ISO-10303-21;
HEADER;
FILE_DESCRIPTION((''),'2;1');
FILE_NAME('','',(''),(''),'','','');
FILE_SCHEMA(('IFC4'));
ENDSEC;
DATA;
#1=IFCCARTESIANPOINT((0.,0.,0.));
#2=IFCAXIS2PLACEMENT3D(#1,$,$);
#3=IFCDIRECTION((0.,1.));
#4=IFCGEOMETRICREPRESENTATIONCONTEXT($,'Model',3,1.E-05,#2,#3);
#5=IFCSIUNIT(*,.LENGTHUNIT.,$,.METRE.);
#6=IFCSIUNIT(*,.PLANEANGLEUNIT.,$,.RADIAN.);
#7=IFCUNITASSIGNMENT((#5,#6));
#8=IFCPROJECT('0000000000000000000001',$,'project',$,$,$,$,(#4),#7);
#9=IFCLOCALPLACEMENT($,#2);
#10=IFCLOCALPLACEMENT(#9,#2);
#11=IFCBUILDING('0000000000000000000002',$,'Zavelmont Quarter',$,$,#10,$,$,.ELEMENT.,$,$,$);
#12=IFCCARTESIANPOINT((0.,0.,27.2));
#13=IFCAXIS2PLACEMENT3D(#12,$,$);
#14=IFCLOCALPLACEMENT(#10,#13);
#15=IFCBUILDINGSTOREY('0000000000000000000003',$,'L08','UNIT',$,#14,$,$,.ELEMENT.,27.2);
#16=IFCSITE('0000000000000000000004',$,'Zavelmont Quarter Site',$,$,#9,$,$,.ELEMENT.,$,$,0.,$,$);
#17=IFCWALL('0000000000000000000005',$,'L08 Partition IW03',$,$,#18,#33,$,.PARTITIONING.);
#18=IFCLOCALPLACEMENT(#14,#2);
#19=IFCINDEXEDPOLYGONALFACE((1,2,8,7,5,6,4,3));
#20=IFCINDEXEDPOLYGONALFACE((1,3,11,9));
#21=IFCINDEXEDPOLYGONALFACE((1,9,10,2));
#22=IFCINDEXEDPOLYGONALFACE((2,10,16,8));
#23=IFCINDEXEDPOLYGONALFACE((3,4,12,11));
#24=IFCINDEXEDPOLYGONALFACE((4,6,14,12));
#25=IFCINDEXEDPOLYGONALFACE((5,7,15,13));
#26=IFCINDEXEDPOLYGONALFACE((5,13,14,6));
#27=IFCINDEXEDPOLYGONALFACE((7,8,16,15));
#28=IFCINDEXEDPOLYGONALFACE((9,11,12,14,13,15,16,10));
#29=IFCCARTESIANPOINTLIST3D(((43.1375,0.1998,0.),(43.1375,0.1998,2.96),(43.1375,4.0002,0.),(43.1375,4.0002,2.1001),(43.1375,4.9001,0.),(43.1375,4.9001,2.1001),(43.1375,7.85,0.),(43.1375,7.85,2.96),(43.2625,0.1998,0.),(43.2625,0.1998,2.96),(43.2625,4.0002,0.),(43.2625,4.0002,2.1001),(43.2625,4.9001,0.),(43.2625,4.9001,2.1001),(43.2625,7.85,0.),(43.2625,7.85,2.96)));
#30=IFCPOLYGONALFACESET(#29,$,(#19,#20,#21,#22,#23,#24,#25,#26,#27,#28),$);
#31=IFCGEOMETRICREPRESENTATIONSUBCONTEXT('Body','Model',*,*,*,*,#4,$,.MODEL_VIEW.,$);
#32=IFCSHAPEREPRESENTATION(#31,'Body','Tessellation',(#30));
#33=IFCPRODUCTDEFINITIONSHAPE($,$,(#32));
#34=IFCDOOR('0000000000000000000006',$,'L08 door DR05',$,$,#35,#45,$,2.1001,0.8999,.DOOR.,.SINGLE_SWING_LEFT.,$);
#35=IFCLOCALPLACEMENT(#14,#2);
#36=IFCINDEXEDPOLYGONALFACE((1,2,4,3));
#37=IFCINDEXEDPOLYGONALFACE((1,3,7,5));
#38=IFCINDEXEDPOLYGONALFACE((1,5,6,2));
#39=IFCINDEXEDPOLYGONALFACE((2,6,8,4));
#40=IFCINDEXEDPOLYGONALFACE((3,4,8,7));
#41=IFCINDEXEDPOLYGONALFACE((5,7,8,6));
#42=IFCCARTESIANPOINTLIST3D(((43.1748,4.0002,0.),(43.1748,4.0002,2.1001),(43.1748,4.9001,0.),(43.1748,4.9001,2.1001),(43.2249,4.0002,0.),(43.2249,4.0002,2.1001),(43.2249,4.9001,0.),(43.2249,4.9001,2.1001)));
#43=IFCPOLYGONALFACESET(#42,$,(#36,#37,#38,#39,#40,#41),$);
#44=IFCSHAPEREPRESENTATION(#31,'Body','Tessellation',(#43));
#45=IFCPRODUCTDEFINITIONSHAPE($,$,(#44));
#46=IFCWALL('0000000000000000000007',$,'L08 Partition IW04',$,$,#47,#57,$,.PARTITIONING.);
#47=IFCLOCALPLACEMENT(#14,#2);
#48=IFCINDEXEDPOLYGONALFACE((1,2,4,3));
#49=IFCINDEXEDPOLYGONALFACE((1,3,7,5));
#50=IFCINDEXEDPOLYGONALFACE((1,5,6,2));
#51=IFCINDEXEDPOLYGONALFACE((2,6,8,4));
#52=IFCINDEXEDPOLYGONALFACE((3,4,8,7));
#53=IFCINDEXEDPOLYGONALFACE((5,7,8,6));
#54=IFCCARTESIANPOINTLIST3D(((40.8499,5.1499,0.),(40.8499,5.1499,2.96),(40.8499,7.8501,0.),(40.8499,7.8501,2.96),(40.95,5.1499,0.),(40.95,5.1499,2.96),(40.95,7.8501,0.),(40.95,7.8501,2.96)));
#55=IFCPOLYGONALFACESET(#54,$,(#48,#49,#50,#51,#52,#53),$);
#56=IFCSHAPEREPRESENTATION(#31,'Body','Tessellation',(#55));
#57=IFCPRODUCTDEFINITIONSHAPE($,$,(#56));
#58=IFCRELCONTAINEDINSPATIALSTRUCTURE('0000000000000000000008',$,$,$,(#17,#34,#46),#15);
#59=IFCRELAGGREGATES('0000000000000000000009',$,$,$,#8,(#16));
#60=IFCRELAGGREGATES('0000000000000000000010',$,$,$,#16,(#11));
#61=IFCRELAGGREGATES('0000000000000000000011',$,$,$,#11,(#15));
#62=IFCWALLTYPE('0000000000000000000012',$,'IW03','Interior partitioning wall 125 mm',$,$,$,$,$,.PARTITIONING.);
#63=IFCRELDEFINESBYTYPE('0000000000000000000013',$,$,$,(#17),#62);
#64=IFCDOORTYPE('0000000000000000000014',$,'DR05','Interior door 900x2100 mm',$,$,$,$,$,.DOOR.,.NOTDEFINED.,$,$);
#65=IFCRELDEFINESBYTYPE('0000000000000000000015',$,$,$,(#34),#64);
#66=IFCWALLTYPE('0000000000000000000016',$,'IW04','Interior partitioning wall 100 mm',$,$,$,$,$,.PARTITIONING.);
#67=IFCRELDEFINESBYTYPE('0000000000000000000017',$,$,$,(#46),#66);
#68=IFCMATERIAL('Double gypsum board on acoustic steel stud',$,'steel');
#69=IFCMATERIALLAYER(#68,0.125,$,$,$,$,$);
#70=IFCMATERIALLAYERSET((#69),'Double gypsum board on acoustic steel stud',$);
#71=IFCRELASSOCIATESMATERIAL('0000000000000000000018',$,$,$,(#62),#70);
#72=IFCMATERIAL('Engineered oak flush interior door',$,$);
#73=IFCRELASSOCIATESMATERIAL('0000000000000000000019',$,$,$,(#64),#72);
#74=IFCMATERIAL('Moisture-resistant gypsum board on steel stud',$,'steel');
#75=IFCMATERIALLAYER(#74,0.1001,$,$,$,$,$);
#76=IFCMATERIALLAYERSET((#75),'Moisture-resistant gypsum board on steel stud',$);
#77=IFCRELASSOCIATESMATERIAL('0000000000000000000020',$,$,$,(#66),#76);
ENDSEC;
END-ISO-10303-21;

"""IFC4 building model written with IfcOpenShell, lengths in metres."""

from ifc_helpers import new_model, si_unit, direction, frame, frame_2d, origin, origin_with_axes, place, context, subcontext, project, spatial, rectangle, extrude, material, layer, layer_set, type_object, element, fill, save


model = new_model("IFC4")

# Units and contexts
model_context = context("Model", 3, precision=1e-05, world=origin(), true_north=direction((0.0, 1.0)))
body_context = subcontext(model_context, "Body", "Model", "MODEL_VIEW")
ifc_project = project(units=[si_unit("LENGTHUNIT", "METRE"), si_unit("PLANEANGLEUNIT", "RADIAN")], contexts=[model_context])

# Site, building, storey
site_placement = place(None, origin())
site = spatial("IfcSite", under=ifc_project, at=site_placement, Name="Zavelmont Quarter Site", CompositionType="ELEMENT", RefElevation=0.0)
building_placement = place(site_placement, origin())
building = spatial("IfcBuilding", under=site, at=building_placement, Name="Zavelmont Quarter", CompositionType="ELEMENT")
storey_placement = place(building_placement, frame((0.0, 0.0, 27.2)))
storey = spatial("IfcBuildingStorey", under=building, at=storey_placement, Name="L08", Description="UNIT", CompositionType="ELEMENT", Elevation=27.2)

# Wall, opening, door
ifc_material_1 = material(Name="Double gypsum board on acoustic steel stud", Category="steel")
ifc_layer_1 = layer(ifc_material_1, 0.125)
ifc_layer_set_1 = layer_set([ifc_layer_1], Name="Double gypsum board on acoustic steel stud")
wall_type_1 = type_object("IfcWallType", Name="IW03", Description="Interior partitioning wall 125 mm", PredefinedType="PARTITIONING", material=ifc_layer_set_1)
wall_1_placement = place(storey_placement, frame((43.2, 7.8501, 0.0), z_axis=(0.0, 0.0, 1.0), x_axis=(0.0, -1.0, 0.0)))
wall_1 = element("IfcWall", 1, at=wall_1_placement, inside=storey, type_object=wall_type_1, Name="L08 Partition IW03", PredefinedType="PARTITIONING", context=body_context, shape_type="SweptSolid", body=[
    extrude(rectangle(XDim=7.6501, YDim=0.125, at=frame_2d((3.8252, 0.0))), origin(), (0.0, 0.0, 1.0), 2.96),
])
opening_placement = place(wall_1_placement, frame((2.95, 0.0, 0.0)))
opening = element("IfcOpeningElement", 2, at=opening_placement, cuts=wall_1, PredefinedType="OPENING", context=body_context, shape_type="SweptSolid", body=[
    extrude(rectangle(XDim=0.8999, YDim=2.1001, at=frame_2d((0.45, 1.05))), frame((0.0, 0.0745, 0.0), z_axis=(0.0, -1.0, 0.0), x_axis=(1.0, 0.0, 0.0)), (0.0, 0.0, 1.0), 0.1489),
])
ifc_material_2 = material(Name="Engineered oak flush interior door")
door_type = type_object("IfcDoorType", Name="DR05", Description="Interior door 900x2100 mm", OperationType="NOTDEFINED", PredefinedType="DOOR", material=ifc_material_2)
door_placement = place(opening_placement, origin_with_axes())
door = element("IfcDoor", 3, at=door_placement, inside=storey, type_object=door_type, Name="L08 door DR05", OperationType="SINGLE_SWING_LEFT", OverallHeight=2.1001, OverallWidth=0.8999, PredefinedType="DOOR", context=body_context, shape_type="SweptSolid", body=[
    extrude(rectangle(XDim=0.8999, YDim=2.1001, at=frame_2d((0.45, 1.05))), frame((0.0, 0.0249, 0.0), z_axis=(0.0, -1.0, 0.0), x_axis=(1.0, 0.0, 0.0)), (0.0, 0.0, 1.0), 0.05),
])
fill(opening, door)

# Wall
ifc_material_3 = material(Name="Moisture-resistant gypsum board on steel stud", Category="steel")
ifc_layer_2 = layer(ifc_material_3, 0.1001)
ifc_layer_set_2 = layer_set([ifc_layer_2], Name="Moisture-resistant gypsum board on steel stud")
wall_type_2 = type_object("IfcWallType", Name="IW04", Description="Interior partitioning wall 100 mm", PredefinedType="PARTITIONING", material=ifc_layer_set_2)
wall_2_placement = place(storey_placement, frame((40.8999, 7.8501, 0.0), z_axis=(0.0, 0.0, 1.0), x_axis=(0.0, -1.0, 0.0)))
element("IfcWall", 4, at=wall_2_placement, inside=storey, type_object=wall_type_2, Name="L08 Partition IW04", PredefinedType="PARTITIONING", context=body_context, shape_type="SweptSolid", body=[
    extrude(rectangle(XDim=2.7002, YDim=0.1001, at=frame_2d((1.3501, 0.0))), origin(), (0.0, 0.0, 1.0), 2.96),
])

save(model, "model.ifc")
